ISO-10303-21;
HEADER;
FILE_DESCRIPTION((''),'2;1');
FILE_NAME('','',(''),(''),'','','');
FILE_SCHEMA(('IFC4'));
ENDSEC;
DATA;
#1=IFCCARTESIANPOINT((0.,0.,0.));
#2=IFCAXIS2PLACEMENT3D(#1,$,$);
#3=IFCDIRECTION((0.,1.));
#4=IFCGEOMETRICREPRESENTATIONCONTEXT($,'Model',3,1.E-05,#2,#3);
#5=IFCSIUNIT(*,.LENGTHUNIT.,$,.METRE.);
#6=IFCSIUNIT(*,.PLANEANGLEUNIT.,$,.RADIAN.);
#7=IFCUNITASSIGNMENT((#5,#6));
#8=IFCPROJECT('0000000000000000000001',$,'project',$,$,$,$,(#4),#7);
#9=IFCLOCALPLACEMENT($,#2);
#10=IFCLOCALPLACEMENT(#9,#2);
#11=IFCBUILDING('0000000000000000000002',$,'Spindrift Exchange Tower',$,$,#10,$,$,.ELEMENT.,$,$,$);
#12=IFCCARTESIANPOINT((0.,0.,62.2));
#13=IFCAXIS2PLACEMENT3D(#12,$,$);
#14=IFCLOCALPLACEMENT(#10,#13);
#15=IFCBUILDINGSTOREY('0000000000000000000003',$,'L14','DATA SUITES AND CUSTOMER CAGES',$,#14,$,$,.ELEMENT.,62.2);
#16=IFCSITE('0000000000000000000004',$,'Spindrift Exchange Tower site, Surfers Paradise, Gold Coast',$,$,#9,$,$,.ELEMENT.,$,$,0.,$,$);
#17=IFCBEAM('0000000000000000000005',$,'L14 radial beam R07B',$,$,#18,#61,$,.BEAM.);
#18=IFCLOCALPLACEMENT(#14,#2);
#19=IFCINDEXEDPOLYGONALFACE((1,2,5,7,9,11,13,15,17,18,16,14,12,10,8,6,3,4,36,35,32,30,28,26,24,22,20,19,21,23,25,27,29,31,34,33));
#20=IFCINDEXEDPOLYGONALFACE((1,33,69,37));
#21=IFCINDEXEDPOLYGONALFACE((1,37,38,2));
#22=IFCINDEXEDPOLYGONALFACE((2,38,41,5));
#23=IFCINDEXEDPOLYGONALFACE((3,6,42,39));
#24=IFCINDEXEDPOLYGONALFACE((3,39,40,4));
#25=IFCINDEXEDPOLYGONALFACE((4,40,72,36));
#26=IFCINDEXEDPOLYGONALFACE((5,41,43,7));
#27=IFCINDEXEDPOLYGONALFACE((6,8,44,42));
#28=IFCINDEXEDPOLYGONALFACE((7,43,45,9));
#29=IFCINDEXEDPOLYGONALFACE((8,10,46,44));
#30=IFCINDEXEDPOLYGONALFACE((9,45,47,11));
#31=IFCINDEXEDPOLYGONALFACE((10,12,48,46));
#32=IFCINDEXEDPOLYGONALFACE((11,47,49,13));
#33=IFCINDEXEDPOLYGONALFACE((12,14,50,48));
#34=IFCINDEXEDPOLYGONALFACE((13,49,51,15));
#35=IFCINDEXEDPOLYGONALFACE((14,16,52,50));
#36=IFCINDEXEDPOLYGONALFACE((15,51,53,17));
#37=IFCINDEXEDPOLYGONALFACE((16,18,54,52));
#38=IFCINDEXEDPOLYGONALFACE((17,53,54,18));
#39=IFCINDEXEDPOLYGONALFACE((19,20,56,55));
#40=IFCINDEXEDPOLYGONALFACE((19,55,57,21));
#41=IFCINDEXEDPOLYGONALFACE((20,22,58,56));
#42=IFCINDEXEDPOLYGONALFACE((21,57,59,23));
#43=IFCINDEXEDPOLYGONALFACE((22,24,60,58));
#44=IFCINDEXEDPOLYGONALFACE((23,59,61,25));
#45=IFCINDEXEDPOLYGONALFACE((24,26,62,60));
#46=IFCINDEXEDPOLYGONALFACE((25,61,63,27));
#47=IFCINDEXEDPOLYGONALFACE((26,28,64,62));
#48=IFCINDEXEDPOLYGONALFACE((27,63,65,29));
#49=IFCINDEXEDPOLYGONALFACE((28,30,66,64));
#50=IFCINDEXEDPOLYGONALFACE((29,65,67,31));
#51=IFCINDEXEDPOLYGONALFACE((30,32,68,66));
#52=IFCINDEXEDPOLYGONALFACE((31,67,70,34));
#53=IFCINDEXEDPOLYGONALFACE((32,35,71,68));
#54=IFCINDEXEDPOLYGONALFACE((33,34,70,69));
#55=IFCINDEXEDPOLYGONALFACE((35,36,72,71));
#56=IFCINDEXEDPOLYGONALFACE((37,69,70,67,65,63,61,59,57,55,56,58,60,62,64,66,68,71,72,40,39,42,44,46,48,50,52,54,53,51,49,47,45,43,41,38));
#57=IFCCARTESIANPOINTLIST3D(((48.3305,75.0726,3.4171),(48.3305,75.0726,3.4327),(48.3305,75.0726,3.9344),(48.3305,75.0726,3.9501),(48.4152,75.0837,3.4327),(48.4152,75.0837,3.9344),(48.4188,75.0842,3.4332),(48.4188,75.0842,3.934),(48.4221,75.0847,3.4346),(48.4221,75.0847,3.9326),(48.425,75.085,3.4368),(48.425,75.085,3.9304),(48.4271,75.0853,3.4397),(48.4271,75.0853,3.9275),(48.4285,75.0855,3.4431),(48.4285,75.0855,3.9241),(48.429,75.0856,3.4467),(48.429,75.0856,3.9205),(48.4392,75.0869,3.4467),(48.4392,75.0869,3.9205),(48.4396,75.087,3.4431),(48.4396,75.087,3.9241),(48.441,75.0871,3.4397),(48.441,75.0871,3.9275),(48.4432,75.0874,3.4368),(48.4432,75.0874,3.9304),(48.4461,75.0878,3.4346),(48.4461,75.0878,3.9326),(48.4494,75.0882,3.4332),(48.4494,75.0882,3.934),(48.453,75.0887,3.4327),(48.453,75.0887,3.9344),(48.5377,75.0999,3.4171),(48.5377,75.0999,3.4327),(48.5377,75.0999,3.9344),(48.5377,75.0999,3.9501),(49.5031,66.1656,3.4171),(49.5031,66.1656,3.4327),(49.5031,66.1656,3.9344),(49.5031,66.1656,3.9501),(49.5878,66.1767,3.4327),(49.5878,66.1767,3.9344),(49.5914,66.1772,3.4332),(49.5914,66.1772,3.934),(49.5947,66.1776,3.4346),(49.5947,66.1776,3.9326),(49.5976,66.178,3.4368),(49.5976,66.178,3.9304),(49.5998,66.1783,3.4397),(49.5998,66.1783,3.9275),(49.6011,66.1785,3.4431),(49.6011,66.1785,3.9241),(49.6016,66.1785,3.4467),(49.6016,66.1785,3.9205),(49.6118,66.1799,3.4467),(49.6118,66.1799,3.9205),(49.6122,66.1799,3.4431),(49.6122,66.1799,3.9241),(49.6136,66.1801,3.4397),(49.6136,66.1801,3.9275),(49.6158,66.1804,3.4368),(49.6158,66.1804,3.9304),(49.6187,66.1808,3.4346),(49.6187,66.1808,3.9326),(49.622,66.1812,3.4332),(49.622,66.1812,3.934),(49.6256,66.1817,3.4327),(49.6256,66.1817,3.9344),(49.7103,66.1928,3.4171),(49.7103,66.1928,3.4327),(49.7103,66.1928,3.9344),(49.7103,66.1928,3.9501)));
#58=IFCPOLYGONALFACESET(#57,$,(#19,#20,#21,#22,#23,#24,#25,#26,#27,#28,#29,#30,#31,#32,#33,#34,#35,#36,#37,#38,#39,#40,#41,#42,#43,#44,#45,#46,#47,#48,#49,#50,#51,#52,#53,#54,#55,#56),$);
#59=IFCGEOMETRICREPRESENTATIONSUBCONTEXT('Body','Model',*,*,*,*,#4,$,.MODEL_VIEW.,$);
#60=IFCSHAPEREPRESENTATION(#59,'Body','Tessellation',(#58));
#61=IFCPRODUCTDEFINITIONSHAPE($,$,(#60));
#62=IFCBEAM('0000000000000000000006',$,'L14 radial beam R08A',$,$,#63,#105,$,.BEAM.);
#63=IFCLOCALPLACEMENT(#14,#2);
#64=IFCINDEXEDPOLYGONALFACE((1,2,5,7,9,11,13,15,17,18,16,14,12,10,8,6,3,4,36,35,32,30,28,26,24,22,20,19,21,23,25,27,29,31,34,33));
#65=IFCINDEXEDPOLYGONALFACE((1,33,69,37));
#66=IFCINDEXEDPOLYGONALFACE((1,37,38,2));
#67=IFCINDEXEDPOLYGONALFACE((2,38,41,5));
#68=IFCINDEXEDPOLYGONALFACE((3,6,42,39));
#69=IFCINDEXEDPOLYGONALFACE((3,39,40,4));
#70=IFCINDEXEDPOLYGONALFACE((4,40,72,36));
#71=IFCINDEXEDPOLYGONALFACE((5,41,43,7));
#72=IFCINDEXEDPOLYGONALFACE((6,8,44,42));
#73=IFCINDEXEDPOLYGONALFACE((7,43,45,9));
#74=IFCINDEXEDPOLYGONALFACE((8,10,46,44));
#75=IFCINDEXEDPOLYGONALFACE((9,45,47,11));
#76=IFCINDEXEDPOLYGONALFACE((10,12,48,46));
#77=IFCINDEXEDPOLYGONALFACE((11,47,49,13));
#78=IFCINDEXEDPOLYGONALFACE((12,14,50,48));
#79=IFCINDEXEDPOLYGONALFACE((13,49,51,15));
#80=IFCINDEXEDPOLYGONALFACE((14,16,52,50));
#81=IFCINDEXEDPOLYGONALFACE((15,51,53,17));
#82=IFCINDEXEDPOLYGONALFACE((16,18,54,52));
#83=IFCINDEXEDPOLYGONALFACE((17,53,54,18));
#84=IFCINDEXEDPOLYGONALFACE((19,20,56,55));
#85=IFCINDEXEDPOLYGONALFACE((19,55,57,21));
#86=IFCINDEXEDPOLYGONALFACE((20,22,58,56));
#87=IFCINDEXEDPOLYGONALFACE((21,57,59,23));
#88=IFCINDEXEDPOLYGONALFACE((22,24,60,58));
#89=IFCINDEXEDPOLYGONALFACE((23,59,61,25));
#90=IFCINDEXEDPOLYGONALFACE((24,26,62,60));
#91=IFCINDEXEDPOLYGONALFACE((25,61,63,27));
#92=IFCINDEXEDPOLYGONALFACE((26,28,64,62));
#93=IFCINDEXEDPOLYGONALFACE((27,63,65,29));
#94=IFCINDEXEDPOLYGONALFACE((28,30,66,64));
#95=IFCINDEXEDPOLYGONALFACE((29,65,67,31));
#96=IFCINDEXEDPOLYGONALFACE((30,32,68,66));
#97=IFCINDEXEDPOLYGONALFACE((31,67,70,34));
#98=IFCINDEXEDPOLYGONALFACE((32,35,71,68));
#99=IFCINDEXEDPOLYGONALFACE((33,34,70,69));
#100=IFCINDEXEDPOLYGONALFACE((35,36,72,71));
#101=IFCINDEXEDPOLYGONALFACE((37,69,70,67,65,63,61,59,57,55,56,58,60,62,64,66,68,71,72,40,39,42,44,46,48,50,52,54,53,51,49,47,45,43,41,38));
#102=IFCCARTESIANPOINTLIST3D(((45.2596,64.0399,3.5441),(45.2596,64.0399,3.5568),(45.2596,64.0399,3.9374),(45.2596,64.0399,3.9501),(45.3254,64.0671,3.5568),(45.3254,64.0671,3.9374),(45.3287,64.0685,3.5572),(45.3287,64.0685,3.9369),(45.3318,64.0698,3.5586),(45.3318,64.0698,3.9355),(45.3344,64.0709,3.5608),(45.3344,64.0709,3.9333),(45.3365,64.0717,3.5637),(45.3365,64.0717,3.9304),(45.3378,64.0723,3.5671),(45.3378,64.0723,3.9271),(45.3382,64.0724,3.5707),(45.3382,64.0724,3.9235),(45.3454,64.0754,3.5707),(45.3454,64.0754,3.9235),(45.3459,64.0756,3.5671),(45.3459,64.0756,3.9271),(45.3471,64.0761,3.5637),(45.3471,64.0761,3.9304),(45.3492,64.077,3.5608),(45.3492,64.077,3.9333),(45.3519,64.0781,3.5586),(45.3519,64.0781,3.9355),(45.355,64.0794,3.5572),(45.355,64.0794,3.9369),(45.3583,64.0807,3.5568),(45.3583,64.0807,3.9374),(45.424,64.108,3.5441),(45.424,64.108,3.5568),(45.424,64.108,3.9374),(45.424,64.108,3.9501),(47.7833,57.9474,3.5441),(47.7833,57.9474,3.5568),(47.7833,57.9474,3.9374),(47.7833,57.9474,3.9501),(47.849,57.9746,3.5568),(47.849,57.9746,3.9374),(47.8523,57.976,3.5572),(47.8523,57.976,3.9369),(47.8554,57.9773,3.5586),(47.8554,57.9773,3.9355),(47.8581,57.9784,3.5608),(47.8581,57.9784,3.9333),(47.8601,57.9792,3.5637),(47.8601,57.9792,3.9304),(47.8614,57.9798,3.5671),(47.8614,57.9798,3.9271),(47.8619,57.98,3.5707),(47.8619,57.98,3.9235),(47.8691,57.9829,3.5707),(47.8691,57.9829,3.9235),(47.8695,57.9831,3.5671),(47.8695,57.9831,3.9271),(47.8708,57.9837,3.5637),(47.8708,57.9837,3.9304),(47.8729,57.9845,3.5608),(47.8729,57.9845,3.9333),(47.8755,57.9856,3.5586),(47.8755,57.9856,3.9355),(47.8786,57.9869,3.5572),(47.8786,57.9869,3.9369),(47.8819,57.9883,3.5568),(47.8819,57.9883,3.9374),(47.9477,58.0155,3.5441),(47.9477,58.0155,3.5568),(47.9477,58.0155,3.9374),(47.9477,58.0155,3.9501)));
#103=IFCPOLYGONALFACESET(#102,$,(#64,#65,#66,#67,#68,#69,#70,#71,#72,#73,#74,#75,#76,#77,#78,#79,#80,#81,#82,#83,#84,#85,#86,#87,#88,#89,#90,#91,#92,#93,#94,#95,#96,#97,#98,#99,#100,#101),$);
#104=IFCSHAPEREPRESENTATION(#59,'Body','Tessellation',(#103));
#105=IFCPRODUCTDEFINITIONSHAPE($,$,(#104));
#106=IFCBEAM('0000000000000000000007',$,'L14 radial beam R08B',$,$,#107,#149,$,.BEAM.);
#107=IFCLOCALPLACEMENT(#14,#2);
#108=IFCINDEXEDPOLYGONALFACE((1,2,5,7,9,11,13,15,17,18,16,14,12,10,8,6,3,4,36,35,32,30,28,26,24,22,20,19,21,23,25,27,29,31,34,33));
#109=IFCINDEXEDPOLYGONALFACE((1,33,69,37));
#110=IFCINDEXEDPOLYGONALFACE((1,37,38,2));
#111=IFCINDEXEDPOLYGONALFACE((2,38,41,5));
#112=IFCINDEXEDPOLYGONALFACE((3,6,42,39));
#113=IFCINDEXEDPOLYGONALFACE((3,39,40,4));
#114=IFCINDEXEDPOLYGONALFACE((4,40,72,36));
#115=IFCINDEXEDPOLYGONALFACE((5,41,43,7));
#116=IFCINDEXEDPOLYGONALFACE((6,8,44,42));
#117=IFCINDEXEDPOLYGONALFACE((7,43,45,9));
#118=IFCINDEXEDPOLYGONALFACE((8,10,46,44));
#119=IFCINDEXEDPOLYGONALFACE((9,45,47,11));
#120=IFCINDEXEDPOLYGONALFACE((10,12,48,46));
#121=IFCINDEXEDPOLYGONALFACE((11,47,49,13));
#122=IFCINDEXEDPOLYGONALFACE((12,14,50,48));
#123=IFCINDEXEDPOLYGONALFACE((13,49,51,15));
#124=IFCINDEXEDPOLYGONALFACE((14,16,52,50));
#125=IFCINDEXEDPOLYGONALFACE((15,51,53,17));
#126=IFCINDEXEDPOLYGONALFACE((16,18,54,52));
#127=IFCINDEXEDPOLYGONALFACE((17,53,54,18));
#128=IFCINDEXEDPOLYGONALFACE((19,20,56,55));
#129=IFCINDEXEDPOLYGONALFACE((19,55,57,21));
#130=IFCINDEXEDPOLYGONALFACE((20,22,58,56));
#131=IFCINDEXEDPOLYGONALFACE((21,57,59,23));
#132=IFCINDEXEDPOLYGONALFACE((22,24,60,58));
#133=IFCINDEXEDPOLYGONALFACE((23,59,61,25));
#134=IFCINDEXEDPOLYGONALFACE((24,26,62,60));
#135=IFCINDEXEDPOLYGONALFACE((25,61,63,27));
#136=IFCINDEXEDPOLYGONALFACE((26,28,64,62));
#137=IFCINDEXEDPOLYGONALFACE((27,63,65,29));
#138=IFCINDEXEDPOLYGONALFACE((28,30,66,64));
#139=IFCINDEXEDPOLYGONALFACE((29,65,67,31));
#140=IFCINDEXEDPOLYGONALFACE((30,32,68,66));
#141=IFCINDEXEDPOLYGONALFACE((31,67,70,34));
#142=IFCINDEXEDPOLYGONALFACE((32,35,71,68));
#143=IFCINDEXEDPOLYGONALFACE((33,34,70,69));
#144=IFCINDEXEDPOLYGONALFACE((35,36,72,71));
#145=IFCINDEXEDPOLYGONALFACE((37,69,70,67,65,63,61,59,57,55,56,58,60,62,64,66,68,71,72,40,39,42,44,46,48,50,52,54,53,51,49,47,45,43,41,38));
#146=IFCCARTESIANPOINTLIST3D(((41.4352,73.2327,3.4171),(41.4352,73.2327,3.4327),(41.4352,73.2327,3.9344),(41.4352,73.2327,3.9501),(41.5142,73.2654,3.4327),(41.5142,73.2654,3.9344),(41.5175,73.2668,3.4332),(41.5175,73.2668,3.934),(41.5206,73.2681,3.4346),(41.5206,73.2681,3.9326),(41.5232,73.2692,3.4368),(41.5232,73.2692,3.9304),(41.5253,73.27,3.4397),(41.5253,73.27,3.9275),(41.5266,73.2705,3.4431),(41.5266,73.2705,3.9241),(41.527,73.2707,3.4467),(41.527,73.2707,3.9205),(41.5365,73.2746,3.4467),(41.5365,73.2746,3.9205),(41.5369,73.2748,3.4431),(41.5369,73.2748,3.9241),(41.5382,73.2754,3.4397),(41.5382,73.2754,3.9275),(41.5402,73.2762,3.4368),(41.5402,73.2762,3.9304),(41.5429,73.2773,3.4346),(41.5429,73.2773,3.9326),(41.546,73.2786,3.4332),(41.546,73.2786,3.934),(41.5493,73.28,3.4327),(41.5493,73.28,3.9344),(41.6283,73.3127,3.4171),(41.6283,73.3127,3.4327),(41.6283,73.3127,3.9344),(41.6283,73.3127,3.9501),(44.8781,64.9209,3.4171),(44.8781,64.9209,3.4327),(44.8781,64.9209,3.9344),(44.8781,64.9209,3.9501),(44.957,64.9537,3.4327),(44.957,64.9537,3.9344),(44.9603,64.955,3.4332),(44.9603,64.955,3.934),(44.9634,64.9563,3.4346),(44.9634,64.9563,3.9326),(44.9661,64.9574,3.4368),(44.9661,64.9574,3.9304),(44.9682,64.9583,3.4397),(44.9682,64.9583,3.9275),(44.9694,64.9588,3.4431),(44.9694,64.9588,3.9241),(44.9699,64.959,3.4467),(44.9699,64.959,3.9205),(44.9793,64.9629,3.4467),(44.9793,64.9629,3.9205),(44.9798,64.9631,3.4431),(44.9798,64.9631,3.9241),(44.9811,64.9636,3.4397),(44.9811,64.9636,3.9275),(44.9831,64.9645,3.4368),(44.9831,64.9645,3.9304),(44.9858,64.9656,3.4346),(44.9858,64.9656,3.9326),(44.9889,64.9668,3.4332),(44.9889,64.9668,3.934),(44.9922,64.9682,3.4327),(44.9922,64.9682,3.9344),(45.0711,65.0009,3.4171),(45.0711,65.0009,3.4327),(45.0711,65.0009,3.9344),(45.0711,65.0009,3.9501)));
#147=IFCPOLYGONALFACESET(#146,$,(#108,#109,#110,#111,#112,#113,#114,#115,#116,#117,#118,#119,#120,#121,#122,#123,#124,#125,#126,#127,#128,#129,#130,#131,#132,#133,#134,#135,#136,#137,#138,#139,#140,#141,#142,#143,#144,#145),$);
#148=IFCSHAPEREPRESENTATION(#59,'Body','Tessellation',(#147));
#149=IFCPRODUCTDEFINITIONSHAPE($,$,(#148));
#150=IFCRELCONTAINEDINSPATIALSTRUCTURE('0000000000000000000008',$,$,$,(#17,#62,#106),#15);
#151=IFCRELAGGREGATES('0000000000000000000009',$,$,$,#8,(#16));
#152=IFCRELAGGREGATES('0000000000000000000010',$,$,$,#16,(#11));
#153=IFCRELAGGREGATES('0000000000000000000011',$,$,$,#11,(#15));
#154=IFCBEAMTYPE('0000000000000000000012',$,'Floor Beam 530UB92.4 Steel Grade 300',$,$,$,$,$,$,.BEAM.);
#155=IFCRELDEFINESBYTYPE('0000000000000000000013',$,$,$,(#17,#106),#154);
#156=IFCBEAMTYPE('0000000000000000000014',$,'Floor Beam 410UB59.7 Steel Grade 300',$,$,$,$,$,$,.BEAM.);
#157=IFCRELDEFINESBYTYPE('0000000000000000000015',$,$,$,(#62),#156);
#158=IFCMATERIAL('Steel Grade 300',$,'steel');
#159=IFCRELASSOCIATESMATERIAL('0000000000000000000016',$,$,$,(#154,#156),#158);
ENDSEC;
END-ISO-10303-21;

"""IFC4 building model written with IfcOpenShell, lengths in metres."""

from ifc_helpers import new_model, si_unit, direction, frame, origin, origin_2d, place, context, subcontext, project, spatial, i_section, extrude, source, transform, mapped, material, material_profile, profile_set, type_object, element, save


model = new_model("IFC4")

# Units and contexts
model_context = context("Model", 3, precision=1e-05, world=origin(), true_north=direction((0.0, 1.0)))
body_context = subcontext(model_context, "Body", "Model", "MODEL_VIEW")
ifc_project = project(units=[si_unit("LENGTHUNIT", "METRE"), si_unit("PLANEANGLEUNIT", "RADIAN")], contexts=[model_context])

# Site, building, storey
site_placement = place(None, origin())
site = spatial("IfcSite", under=ifc_project, at=site_placement, Name="Spindrift Exchange Tower site, Surfers Paradise, Gold Coast", CompositionType="ELEMENT", RefElevation=0.0)
building_placement = place(site_placement, origin())
building = spatial("IfcBuilding", under=site, at=building_placement, Name="Spindrift Exchange Tower", CompositionType="ELEMENT")
storey_placement = place(building_placement, frame((0.0, 0.0, 62.2)))
storey = spatial("IfcBuildingStorey", under=building, at=storey_placement, Name="L14", Description="DATA SUITES AND CUSTOMER CAGES", CompositionType="ELEMENT", Elevation=62.2)

# Beams
ifc_material_1 = material(Name="Steel Grade 300", Category="steel")
ifc_material_profile_1 = material_profile(ifc_material_1, i_section(OverallWidth=0.209, OverallDepth=0.533, WebThickness=0.0103, FlangeThickness=0.0156, FilletRadius=0.0139, at=origin_2d()), Name="530UB92.4")
ifc_profile_set_1 = profile_set([ifc_material_profile_1], Name="Steel Grade 300")
beam_type_1 = type_object("IfcBeamType", Name="Floor Beam 530UB92.4 Steel Grade 300", PredefinedType="BEAM", material=ifc_profile_set_1)
shared_shape_1 = source(origin(), body_context, "Body", "SweptSolid", [
    extrude(i_section(OverallWidth=0.209, OverallDepth=0.533, WebThickness=0.0103, FlangeThickness=0.0156, FilletRadius=0.0139, at=origin_2d()), origin(), (0.0, 0.0, 1.0), 8.9839),
])
beam_1_placement = place(storey_placement, frame((49.6067, 66.1792, 3.6836), z_axis=(-0.130524, 0.991445, 0.0), x_axis=(-0.991445, -0.130524, 0.0)))
element("IfcBeam", 1, at=beam_1_placement, inside=storey, type_object=beam_type_1, Name="L14 radial beam R07B", PredefinedType="BEAM", context=body_context, shape_type="MappedRepresentation", body=[
    mapped(shared_shape_1, transform((0.0, 0.0, 0.0), scale=1.0)),
])
ifc_material_profile_2 = material_profile(ifc_material_1, i_section(OverallWidth=0.178, OverallDepth=0.406, WebThickness=0.0078, FlangeThickness=0.0127, FilletRadius=0.0139, at=origin_2d()), Name="410UB59.7")
ifc_profile_set_2 = profile_set([ifc_material_profile_2], Name="Steel Grade 300")
beam_type_2 = type_object("IfcBeamType", Name="Floor Beam 410UB59.7 Steel Grade 300", PredefinedType="BEAM", material=ifc_profile_set_2)
shared_shape_2 = source(origin(), body_context, "Body", "SweptSolid", [
    extrude(i_section(OverallWidth=0.178, OverallDepth=0.406, WebThickness=0.0078, FlangeThickness=0.0127, FilletRadius=0.0139, at=origin_2d()), origin(), (0.0, 0.0, 1.0), 6.5945),
])
beam_2_placement = place(storey_placement, frame((47.8655, 57.9814, 3.7471), z_axis=(-0.382693, 0.923876, 0.0), x_axis=(-0.923876, -0.382693, 0.0)))
element("IfcBeam", 2, at=beam_2_placement, inside=storey, type_object=beam_type_2, Name="L14 radial beam R08A", PredefinedType="BEAM", context=body_context, shape_type="MappedRepresentation", body=[
    mapped(shared_shape_2, transform((0.0, 0.0, 0.0), scale=1.0)),
])
shared_shape_3 = source(origin(), body_context, "Body", "SweptSolid", [
    extrude(i_section(OverallWidth=0.209, OverallDepth=0.533, WebThickness=0.0103, FlangeThickness=0.0156, FilletRadius=0.0139, at=origin_2d()), origin(), (0.0, 0.0, 1.0), 8.9966),
])
beam_3_placement = place(storey_placement, frame((44.9746, 64.9609, 3.6836), z_axis=(-0.382686, 0.923879, 0.0), x_axis=(-0.923879, -0.382686, 0.0)))
element("IfcBeam", 3, at=beam_3_placement, inside=storey, type_object=beam_type_1, Name="L14 radial beam R08B", PredefinedType="BEAM", context=body_context, shape_type="MappedRepresentation", body=[
    mapped(shared_shape_3, transform((0.0, 0.0, 0.0), scale=1.0)),
])

save(model, "model.ifc")
